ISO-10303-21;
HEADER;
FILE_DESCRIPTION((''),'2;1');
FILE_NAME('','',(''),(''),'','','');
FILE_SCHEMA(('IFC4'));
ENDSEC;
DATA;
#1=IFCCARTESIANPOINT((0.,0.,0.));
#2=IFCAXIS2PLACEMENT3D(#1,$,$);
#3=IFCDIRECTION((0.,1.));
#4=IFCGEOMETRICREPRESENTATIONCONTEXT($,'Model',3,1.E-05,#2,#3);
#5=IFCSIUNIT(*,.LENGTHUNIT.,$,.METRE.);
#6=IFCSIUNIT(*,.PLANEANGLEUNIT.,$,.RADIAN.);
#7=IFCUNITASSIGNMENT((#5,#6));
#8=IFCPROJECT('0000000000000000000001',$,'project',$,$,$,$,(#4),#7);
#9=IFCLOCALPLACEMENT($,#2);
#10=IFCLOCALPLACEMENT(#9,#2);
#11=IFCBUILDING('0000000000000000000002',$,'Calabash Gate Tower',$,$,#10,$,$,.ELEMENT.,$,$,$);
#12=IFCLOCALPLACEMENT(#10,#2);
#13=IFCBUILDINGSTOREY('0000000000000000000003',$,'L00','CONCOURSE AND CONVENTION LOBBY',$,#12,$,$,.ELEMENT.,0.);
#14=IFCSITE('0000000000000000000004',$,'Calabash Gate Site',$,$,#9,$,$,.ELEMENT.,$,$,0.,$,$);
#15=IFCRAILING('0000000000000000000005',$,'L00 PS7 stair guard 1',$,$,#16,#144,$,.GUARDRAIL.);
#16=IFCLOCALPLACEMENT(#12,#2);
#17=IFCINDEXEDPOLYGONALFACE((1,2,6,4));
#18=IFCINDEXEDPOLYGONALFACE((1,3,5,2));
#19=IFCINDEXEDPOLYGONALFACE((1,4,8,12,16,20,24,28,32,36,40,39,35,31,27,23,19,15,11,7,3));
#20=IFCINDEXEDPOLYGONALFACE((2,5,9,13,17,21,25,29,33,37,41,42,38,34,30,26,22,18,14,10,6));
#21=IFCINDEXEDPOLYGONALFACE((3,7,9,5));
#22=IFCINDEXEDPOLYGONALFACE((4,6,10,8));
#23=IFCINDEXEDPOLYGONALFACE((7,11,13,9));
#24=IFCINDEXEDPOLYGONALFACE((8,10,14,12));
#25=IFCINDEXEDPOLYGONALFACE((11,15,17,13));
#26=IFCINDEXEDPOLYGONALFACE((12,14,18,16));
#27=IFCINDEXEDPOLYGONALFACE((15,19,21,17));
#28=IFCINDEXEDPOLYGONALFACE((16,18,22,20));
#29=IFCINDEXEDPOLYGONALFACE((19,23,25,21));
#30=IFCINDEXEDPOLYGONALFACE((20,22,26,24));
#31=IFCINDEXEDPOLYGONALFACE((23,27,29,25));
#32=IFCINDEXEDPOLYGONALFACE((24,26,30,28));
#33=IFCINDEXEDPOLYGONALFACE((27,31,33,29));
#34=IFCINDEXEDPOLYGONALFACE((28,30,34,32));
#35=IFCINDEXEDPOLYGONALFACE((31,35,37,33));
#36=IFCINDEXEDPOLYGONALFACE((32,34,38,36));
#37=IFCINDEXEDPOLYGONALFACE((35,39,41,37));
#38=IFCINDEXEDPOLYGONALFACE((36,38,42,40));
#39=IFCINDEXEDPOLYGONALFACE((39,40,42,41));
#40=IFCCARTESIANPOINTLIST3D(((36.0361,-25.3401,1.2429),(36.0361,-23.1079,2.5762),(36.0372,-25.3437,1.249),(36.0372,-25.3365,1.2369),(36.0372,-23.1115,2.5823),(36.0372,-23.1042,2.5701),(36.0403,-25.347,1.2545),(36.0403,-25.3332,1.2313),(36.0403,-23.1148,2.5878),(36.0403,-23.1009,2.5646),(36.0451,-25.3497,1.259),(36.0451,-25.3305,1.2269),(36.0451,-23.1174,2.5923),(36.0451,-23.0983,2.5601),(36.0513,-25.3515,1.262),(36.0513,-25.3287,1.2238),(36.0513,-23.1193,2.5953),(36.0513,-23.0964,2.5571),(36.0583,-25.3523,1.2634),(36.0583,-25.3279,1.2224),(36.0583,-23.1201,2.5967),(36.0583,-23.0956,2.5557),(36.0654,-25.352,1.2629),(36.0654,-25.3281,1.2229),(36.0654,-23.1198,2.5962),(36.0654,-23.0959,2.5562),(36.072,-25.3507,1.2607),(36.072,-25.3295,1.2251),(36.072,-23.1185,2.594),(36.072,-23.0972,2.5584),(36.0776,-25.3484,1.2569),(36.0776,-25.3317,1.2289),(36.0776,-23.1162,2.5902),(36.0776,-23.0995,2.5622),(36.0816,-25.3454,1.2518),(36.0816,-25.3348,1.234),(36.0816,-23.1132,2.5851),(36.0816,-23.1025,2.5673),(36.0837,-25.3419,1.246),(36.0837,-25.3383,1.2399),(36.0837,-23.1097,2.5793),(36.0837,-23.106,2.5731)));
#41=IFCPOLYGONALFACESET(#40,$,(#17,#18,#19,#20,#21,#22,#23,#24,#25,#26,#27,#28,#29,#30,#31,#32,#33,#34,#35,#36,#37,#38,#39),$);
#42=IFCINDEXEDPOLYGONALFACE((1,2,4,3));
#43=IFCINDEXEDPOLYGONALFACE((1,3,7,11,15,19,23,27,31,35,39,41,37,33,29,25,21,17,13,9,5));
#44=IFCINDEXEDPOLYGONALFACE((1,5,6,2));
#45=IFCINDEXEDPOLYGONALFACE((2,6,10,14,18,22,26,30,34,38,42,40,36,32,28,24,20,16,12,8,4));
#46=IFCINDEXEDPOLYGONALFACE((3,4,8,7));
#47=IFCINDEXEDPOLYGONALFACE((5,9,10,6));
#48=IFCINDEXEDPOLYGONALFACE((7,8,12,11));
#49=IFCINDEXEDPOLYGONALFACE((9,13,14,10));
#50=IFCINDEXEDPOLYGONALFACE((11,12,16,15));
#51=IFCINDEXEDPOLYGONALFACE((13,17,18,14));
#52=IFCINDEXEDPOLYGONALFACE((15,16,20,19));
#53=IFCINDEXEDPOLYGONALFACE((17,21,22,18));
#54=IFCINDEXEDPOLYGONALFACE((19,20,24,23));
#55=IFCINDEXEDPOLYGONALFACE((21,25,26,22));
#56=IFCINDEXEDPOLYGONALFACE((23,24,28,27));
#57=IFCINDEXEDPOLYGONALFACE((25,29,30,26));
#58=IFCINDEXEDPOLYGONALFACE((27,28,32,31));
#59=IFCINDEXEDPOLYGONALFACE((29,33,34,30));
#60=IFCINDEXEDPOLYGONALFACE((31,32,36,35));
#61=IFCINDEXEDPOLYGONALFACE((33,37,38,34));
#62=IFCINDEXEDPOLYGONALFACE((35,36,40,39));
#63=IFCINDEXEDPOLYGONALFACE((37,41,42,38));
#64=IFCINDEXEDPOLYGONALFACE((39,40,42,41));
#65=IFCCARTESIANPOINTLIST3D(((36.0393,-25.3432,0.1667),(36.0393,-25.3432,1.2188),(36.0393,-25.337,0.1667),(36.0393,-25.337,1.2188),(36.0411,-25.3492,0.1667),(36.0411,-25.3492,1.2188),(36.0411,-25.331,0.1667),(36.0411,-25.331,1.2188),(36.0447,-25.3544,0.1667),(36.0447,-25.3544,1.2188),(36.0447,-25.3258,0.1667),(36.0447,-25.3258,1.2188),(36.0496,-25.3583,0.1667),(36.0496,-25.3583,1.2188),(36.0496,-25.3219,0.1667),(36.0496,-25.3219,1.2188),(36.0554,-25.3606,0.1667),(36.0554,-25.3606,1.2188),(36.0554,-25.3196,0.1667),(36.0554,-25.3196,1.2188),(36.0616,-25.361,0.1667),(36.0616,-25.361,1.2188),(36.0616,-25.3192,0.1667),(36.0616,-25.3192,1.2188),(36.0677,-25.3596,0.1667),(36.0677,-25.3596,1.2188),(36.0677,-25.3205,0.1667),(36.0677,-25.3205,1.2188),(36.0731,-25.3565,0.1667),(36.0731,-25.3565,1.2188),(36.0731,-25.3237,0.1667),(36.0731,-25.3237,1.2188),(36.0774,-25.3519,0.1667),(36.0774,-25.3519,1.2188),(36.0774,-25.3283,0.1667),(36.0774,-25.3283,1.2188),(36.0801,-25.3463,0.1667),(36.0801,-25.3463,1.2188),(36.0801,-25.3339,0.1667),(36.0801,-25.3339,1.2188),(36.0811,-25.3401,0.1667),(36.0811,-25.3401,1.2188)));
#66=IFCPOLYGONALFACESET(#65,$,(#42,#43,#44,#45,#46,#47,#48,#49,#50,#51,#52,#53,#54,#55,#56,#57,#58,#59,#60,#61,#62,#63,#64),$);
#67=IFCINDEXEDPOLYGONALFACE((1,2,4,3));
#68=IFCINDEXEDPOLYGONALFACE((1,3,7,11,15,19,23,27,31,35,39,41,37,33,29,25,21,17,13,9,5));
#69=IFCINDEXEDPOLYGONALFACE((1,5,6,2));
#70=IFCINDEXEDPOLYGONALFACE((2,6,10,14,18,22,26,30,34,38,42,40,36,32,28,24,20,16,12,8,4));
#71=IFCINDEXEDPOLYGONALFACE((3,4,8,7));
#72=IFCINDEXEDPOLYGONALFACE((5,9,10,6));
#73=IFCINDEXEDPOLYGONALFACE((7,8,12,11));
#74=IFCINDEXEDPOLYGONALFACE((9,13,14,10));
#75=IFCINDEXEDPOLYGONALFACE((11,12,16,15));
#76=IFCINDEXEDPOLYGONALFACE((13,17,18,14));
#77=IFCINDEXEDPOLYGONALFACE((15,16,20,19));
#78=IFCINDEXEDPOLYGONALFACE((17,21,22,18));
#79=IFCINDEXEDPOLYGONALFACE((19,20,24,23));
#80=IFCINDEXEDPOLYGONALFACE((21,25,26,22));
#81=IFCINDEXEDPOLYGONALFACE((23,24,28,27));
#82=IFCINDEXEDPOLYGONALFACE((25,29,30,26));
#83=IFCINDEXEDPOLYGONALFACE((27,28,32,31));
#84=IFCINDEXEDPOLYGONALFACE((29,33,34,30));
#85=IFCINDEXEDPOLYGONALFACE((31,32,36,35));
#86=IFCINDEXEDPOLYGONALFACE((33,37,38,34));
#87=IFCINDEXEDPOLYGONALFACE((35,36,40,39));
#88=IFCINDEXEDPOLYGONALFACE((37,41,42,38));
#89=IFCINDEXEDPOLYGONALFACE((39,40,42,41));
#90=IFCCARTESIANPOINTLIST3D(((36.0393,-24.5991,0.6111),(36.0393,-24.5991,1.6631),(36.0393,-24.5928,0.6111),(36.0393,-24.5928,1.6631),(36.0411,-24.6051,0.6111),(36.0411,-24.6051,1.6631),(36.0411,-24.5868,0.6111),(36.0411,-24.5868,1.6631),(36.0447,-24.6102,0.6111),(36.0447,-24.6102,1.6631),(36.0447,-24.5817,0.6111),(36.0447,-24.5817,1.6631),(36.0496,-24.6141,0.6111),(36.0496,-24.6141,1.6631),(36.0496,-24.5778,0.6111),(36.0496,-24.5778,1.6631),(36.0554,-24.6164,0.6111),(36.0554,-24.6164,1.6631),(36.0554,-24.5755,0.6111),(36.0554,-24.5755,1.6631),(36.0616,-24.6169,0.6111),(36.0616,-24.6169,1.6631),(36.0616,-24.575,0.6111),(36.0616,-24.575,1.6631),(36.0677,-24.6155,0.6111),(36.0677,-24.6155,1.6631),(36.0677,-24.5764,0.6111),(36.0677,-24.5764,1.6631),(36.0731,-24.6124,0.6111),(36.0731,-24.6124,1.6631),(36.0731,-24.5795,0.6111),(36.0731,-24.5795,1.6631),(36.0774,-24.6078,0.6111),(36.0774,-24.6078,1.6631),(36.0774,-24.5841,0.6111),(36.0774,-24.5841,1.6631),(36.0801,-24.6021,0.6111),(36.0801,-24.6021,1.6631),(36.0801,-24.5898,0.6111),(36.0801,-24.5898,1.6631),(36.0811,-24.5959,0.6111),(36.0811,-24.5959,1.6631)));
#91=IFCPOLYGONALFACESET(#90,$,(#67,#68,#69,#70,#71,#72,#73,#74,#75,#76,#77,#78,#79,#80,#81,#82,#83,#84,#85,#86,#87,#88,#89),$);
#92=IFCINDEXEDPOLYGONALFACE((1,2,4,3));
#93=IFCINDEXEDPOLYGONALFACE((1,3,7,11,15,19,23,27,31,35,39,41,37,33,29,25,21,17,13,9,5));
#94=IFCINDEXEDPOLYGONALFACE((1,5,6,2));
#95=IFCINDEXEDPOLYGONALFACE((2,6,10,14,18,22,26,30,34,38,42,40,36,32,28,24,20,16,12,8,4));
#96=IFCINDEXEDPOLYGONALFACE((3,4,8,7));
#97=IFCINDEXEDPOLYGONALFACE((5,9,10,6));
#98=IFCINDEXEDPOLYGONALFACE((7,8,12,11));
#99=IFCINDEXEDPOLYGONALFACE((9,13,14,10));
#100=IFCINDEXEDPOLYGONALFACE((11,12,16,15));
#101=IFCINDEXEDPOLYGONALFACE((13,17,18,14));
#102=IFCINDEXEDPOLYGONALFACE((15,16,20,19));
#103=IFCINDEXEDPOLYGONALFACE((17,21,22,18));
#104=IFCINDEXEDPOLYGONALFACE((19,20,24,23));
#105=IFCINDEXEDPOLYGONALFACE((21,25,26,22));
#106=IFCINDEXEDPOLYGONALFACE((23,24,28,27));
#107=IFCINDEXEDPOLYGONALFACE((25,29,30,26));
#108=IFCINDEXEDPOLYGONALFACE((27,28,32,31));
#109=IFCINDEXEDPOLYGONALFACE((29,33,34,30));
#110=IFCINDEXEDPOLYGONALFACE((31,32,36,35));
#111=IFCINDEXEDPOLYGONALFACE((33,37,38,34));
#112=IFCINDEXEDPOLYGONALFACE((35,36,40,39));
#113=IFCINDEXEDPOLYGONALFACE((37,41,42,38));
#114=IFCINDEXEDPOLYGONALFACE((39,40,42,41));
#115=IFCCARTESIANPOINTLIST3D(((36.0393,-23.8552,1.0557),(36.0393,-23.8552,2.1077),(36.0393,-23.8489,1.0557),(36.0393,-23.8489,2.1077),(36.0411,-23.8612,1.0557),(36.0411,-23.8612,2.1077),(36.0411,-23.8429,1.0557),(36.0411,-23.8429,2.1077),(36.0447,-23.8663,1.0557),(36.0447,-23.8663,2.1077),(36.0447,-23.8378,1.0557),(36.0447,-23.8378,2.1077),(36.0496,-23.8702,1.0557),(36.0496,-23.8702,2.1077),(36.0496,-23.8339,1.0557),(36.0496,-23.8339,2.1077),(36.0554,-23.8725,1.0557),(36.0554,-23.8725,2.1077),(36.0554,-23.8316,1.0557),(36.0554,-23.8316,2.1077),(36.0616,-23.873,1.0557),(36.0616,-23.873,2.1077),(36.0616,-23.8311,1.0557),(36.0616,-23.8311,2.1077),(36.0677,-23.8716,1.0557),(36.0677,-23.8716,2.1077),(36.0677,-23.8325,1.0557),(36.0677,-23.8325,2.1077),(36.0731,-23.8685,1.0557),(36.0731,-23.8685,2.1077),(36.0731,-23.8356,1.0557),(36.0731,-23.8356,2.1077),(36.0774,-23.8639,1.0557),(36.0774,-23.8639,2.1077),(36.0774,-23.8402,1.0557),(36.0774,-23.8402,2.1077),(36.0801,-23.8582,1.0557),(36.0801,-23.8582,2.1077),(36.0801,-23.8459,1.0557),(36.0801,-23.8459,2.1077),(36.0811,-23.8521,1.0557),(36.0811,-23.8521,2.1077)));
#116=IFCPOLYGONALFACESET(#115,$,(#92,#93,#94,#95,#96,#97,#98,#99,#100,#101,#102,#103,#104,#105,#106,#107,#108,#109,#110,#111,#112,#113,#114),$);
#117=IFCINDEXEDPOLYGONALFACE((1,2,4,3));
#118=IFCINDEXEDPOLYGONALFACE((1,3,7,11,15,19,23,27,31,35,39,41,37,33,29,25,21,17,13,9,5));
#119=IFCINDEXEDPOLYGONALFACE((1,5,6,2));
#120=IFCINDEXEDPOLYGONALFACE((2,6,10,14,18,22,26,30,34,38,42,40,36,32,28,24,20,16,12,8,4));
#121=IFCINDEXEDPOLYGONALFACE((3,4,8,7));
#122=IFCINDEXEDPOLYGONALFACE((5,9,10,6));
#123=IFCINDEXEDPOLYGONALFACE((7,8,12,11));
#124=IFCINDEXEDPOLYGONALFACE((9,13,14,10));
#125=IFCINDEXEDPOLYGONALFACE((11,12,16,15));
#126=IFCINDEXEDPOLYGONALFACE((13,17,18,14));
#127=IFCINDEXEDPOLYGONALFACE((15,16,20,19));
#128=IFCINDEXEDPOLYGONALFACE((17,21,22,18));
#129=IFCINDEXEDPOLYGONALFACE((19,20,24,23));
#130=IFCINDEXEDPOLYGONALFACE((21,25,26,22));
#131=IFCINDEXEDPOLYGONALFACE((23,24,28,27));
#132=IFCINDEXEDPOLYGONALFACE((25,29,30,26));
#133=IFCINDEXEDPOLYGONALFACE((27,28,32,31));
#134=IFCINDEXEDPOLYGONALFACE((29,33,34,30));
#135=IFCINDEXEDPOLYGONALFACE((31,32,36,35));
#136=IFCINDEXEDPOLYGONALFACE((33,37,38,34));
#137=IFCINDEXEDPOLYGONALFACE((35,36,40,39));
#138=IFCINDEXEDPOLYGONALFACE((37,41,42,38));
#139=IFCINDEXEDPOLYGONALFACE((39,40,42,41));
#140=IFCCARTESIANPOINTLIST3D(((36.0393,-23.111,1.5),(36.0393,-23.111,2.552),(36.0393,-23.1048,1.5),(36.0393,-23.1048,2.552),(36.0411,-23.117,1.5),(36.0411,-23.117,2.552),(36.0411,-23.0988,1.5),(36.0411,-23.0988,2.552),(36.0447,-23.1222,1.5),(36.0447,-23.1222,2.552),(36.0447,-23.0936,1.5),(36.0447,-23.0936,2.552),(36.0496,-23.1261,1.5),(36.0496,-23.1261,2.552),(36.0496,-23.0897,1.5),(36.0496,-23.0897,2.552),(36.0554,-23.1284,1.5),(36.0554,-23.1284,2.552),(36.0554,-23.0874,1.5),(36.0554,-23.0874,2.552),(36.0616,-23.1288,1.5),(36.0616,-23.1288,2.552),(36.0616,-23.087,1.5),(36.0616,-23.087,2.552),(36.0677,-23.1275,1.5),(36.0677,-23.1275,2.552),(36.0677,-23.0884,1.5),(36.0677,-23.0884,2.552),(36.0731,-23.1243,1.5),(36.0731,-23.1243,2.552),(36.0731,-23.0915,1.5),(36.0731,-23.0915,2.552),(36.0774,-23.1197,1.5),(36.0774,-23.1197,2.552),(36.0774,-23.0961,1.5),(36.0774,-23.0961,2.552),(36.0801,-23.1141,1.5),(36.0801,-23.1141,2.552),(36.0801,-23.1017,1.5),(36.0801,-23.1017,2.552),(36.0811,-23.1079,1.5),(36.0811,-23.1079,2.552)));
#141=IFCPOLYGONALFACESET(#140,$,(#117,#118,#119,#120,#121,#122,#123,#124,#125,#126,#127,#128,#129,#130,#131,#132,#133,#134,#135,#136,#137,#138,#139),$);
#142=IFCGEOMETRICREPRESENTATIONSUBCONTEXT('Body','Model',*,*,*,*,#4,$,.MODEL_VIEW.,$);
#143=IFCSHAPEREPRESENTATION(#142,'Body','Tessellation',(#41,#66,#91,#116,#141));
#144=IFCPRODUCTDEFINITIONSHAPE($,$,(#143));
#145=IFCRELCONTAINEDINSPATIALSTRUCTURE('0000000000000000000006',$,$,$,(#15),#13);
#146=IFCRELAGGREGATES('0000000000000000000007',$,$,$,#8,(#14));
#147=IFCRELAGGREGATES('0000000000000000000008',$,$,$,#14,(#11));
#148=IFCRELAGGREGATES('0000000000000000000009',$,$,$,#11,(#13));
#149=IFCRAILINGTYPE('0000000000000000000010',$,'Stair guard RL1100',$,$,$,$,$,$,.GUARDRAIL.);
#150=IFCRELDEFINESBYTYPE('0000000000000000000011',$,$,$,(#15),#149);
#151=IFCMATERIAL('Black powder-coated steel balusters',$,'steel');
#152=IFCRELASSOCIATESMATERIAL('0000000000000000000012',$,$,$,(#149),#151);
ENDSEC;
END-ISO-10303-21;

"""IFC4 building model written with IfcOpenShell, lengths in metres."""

from ifc_helpers import new_model, si_unit, direction, frame, origin, origin_2d, place, context, subcontext, project, spatial, circle, extrude, material, type_object, element, save


model = new_model("IFC4")

# Units and contexts
model_context = context("Model", 3, precision=1e-05, world=origin(), true_north=direction((0.0, 1.0)))
body_context = subcontext(model_context, "Body", "Model", "MODEL_VIEW")
ifc_project = project(units=[si_unit("LENGTHUNIT", "METRE"), si_unit("PLANEANGLEUNIT", "RADIAN")], contexts=[model_context])

# Site, building, storey
site_placement = place(None, origin())
site = spatial("IfcSite", under=ifc_project, at=site_placement, Name="Calabash Gate Site", CompositionType="ELEMENT", RefElevation=0.0)
building_placement = place(site_placement, origin())
building = spatial("IfcBuilding", under=site, at=building_placement, Name="Calabash Gate Tower", CompositionType="ELEMENT")
storey_placement = place(building_placement, origin())
storey = spatial("IfcBuildingStorey", under=building, at=storey_placement, Name="L00", Description="CONCOURSE AND CONVENTION LOBBY", CompositionType="ELEMENT", Elevation=0.0)

# Railing
ifc_material_1 = material(Name="Black powder-coated steel balusters", Category="steel")
railing_type_1 = type_object("IfcRailingType", Name="Stair guard RL1100", PredefinedType="GUARDRAIL", material=ifc_material_1)
railing_1_placement = place(storey_placement, frame((36.0601, -25.3401, 0.1667)))
element("IfcRailing", 1, at=railing_1_placement, inside=storey, type_object=railing_type_1, Name="L00 PS7 stair guard 1", PredefinedType="GUARDRAIL", context=body_context, shape_type="SweptSolid", body=[
    extrude(circle(Radius=0.0239, at=origin_2d()), frame((0.0, 0.0, 1.0762), z_axis=(0.0, 0.858519, 0.512782), x_axis=(-1.0, 0.0, 0.0)), (0.0, 0.0, 1.0), 2.6001),
    extrude(circle(Radius=0.021, at=origin_2d()), origin(), (0.0, 0.0, 1.0), 1.052),
    extrude(circle(Radius=0.021, at=origin_2d()), frame((0.0, 0.7441, 0.4443)), (0.0, 0.0, 1.0), 1.052),
    extrude(circle(Radius=0.021, at=origin_2d()), frame((0.0, 1.488, 0.8889)), (0.0, 0.0, 1.0), 1.052),
    extrude(circle(Radius=0.021, at=origin_2d()), frame((0.0, 2.2322, 1.3333)), (0.0, 0.0, 1.0), 1.052),
])

save(model, "model.ifc")
